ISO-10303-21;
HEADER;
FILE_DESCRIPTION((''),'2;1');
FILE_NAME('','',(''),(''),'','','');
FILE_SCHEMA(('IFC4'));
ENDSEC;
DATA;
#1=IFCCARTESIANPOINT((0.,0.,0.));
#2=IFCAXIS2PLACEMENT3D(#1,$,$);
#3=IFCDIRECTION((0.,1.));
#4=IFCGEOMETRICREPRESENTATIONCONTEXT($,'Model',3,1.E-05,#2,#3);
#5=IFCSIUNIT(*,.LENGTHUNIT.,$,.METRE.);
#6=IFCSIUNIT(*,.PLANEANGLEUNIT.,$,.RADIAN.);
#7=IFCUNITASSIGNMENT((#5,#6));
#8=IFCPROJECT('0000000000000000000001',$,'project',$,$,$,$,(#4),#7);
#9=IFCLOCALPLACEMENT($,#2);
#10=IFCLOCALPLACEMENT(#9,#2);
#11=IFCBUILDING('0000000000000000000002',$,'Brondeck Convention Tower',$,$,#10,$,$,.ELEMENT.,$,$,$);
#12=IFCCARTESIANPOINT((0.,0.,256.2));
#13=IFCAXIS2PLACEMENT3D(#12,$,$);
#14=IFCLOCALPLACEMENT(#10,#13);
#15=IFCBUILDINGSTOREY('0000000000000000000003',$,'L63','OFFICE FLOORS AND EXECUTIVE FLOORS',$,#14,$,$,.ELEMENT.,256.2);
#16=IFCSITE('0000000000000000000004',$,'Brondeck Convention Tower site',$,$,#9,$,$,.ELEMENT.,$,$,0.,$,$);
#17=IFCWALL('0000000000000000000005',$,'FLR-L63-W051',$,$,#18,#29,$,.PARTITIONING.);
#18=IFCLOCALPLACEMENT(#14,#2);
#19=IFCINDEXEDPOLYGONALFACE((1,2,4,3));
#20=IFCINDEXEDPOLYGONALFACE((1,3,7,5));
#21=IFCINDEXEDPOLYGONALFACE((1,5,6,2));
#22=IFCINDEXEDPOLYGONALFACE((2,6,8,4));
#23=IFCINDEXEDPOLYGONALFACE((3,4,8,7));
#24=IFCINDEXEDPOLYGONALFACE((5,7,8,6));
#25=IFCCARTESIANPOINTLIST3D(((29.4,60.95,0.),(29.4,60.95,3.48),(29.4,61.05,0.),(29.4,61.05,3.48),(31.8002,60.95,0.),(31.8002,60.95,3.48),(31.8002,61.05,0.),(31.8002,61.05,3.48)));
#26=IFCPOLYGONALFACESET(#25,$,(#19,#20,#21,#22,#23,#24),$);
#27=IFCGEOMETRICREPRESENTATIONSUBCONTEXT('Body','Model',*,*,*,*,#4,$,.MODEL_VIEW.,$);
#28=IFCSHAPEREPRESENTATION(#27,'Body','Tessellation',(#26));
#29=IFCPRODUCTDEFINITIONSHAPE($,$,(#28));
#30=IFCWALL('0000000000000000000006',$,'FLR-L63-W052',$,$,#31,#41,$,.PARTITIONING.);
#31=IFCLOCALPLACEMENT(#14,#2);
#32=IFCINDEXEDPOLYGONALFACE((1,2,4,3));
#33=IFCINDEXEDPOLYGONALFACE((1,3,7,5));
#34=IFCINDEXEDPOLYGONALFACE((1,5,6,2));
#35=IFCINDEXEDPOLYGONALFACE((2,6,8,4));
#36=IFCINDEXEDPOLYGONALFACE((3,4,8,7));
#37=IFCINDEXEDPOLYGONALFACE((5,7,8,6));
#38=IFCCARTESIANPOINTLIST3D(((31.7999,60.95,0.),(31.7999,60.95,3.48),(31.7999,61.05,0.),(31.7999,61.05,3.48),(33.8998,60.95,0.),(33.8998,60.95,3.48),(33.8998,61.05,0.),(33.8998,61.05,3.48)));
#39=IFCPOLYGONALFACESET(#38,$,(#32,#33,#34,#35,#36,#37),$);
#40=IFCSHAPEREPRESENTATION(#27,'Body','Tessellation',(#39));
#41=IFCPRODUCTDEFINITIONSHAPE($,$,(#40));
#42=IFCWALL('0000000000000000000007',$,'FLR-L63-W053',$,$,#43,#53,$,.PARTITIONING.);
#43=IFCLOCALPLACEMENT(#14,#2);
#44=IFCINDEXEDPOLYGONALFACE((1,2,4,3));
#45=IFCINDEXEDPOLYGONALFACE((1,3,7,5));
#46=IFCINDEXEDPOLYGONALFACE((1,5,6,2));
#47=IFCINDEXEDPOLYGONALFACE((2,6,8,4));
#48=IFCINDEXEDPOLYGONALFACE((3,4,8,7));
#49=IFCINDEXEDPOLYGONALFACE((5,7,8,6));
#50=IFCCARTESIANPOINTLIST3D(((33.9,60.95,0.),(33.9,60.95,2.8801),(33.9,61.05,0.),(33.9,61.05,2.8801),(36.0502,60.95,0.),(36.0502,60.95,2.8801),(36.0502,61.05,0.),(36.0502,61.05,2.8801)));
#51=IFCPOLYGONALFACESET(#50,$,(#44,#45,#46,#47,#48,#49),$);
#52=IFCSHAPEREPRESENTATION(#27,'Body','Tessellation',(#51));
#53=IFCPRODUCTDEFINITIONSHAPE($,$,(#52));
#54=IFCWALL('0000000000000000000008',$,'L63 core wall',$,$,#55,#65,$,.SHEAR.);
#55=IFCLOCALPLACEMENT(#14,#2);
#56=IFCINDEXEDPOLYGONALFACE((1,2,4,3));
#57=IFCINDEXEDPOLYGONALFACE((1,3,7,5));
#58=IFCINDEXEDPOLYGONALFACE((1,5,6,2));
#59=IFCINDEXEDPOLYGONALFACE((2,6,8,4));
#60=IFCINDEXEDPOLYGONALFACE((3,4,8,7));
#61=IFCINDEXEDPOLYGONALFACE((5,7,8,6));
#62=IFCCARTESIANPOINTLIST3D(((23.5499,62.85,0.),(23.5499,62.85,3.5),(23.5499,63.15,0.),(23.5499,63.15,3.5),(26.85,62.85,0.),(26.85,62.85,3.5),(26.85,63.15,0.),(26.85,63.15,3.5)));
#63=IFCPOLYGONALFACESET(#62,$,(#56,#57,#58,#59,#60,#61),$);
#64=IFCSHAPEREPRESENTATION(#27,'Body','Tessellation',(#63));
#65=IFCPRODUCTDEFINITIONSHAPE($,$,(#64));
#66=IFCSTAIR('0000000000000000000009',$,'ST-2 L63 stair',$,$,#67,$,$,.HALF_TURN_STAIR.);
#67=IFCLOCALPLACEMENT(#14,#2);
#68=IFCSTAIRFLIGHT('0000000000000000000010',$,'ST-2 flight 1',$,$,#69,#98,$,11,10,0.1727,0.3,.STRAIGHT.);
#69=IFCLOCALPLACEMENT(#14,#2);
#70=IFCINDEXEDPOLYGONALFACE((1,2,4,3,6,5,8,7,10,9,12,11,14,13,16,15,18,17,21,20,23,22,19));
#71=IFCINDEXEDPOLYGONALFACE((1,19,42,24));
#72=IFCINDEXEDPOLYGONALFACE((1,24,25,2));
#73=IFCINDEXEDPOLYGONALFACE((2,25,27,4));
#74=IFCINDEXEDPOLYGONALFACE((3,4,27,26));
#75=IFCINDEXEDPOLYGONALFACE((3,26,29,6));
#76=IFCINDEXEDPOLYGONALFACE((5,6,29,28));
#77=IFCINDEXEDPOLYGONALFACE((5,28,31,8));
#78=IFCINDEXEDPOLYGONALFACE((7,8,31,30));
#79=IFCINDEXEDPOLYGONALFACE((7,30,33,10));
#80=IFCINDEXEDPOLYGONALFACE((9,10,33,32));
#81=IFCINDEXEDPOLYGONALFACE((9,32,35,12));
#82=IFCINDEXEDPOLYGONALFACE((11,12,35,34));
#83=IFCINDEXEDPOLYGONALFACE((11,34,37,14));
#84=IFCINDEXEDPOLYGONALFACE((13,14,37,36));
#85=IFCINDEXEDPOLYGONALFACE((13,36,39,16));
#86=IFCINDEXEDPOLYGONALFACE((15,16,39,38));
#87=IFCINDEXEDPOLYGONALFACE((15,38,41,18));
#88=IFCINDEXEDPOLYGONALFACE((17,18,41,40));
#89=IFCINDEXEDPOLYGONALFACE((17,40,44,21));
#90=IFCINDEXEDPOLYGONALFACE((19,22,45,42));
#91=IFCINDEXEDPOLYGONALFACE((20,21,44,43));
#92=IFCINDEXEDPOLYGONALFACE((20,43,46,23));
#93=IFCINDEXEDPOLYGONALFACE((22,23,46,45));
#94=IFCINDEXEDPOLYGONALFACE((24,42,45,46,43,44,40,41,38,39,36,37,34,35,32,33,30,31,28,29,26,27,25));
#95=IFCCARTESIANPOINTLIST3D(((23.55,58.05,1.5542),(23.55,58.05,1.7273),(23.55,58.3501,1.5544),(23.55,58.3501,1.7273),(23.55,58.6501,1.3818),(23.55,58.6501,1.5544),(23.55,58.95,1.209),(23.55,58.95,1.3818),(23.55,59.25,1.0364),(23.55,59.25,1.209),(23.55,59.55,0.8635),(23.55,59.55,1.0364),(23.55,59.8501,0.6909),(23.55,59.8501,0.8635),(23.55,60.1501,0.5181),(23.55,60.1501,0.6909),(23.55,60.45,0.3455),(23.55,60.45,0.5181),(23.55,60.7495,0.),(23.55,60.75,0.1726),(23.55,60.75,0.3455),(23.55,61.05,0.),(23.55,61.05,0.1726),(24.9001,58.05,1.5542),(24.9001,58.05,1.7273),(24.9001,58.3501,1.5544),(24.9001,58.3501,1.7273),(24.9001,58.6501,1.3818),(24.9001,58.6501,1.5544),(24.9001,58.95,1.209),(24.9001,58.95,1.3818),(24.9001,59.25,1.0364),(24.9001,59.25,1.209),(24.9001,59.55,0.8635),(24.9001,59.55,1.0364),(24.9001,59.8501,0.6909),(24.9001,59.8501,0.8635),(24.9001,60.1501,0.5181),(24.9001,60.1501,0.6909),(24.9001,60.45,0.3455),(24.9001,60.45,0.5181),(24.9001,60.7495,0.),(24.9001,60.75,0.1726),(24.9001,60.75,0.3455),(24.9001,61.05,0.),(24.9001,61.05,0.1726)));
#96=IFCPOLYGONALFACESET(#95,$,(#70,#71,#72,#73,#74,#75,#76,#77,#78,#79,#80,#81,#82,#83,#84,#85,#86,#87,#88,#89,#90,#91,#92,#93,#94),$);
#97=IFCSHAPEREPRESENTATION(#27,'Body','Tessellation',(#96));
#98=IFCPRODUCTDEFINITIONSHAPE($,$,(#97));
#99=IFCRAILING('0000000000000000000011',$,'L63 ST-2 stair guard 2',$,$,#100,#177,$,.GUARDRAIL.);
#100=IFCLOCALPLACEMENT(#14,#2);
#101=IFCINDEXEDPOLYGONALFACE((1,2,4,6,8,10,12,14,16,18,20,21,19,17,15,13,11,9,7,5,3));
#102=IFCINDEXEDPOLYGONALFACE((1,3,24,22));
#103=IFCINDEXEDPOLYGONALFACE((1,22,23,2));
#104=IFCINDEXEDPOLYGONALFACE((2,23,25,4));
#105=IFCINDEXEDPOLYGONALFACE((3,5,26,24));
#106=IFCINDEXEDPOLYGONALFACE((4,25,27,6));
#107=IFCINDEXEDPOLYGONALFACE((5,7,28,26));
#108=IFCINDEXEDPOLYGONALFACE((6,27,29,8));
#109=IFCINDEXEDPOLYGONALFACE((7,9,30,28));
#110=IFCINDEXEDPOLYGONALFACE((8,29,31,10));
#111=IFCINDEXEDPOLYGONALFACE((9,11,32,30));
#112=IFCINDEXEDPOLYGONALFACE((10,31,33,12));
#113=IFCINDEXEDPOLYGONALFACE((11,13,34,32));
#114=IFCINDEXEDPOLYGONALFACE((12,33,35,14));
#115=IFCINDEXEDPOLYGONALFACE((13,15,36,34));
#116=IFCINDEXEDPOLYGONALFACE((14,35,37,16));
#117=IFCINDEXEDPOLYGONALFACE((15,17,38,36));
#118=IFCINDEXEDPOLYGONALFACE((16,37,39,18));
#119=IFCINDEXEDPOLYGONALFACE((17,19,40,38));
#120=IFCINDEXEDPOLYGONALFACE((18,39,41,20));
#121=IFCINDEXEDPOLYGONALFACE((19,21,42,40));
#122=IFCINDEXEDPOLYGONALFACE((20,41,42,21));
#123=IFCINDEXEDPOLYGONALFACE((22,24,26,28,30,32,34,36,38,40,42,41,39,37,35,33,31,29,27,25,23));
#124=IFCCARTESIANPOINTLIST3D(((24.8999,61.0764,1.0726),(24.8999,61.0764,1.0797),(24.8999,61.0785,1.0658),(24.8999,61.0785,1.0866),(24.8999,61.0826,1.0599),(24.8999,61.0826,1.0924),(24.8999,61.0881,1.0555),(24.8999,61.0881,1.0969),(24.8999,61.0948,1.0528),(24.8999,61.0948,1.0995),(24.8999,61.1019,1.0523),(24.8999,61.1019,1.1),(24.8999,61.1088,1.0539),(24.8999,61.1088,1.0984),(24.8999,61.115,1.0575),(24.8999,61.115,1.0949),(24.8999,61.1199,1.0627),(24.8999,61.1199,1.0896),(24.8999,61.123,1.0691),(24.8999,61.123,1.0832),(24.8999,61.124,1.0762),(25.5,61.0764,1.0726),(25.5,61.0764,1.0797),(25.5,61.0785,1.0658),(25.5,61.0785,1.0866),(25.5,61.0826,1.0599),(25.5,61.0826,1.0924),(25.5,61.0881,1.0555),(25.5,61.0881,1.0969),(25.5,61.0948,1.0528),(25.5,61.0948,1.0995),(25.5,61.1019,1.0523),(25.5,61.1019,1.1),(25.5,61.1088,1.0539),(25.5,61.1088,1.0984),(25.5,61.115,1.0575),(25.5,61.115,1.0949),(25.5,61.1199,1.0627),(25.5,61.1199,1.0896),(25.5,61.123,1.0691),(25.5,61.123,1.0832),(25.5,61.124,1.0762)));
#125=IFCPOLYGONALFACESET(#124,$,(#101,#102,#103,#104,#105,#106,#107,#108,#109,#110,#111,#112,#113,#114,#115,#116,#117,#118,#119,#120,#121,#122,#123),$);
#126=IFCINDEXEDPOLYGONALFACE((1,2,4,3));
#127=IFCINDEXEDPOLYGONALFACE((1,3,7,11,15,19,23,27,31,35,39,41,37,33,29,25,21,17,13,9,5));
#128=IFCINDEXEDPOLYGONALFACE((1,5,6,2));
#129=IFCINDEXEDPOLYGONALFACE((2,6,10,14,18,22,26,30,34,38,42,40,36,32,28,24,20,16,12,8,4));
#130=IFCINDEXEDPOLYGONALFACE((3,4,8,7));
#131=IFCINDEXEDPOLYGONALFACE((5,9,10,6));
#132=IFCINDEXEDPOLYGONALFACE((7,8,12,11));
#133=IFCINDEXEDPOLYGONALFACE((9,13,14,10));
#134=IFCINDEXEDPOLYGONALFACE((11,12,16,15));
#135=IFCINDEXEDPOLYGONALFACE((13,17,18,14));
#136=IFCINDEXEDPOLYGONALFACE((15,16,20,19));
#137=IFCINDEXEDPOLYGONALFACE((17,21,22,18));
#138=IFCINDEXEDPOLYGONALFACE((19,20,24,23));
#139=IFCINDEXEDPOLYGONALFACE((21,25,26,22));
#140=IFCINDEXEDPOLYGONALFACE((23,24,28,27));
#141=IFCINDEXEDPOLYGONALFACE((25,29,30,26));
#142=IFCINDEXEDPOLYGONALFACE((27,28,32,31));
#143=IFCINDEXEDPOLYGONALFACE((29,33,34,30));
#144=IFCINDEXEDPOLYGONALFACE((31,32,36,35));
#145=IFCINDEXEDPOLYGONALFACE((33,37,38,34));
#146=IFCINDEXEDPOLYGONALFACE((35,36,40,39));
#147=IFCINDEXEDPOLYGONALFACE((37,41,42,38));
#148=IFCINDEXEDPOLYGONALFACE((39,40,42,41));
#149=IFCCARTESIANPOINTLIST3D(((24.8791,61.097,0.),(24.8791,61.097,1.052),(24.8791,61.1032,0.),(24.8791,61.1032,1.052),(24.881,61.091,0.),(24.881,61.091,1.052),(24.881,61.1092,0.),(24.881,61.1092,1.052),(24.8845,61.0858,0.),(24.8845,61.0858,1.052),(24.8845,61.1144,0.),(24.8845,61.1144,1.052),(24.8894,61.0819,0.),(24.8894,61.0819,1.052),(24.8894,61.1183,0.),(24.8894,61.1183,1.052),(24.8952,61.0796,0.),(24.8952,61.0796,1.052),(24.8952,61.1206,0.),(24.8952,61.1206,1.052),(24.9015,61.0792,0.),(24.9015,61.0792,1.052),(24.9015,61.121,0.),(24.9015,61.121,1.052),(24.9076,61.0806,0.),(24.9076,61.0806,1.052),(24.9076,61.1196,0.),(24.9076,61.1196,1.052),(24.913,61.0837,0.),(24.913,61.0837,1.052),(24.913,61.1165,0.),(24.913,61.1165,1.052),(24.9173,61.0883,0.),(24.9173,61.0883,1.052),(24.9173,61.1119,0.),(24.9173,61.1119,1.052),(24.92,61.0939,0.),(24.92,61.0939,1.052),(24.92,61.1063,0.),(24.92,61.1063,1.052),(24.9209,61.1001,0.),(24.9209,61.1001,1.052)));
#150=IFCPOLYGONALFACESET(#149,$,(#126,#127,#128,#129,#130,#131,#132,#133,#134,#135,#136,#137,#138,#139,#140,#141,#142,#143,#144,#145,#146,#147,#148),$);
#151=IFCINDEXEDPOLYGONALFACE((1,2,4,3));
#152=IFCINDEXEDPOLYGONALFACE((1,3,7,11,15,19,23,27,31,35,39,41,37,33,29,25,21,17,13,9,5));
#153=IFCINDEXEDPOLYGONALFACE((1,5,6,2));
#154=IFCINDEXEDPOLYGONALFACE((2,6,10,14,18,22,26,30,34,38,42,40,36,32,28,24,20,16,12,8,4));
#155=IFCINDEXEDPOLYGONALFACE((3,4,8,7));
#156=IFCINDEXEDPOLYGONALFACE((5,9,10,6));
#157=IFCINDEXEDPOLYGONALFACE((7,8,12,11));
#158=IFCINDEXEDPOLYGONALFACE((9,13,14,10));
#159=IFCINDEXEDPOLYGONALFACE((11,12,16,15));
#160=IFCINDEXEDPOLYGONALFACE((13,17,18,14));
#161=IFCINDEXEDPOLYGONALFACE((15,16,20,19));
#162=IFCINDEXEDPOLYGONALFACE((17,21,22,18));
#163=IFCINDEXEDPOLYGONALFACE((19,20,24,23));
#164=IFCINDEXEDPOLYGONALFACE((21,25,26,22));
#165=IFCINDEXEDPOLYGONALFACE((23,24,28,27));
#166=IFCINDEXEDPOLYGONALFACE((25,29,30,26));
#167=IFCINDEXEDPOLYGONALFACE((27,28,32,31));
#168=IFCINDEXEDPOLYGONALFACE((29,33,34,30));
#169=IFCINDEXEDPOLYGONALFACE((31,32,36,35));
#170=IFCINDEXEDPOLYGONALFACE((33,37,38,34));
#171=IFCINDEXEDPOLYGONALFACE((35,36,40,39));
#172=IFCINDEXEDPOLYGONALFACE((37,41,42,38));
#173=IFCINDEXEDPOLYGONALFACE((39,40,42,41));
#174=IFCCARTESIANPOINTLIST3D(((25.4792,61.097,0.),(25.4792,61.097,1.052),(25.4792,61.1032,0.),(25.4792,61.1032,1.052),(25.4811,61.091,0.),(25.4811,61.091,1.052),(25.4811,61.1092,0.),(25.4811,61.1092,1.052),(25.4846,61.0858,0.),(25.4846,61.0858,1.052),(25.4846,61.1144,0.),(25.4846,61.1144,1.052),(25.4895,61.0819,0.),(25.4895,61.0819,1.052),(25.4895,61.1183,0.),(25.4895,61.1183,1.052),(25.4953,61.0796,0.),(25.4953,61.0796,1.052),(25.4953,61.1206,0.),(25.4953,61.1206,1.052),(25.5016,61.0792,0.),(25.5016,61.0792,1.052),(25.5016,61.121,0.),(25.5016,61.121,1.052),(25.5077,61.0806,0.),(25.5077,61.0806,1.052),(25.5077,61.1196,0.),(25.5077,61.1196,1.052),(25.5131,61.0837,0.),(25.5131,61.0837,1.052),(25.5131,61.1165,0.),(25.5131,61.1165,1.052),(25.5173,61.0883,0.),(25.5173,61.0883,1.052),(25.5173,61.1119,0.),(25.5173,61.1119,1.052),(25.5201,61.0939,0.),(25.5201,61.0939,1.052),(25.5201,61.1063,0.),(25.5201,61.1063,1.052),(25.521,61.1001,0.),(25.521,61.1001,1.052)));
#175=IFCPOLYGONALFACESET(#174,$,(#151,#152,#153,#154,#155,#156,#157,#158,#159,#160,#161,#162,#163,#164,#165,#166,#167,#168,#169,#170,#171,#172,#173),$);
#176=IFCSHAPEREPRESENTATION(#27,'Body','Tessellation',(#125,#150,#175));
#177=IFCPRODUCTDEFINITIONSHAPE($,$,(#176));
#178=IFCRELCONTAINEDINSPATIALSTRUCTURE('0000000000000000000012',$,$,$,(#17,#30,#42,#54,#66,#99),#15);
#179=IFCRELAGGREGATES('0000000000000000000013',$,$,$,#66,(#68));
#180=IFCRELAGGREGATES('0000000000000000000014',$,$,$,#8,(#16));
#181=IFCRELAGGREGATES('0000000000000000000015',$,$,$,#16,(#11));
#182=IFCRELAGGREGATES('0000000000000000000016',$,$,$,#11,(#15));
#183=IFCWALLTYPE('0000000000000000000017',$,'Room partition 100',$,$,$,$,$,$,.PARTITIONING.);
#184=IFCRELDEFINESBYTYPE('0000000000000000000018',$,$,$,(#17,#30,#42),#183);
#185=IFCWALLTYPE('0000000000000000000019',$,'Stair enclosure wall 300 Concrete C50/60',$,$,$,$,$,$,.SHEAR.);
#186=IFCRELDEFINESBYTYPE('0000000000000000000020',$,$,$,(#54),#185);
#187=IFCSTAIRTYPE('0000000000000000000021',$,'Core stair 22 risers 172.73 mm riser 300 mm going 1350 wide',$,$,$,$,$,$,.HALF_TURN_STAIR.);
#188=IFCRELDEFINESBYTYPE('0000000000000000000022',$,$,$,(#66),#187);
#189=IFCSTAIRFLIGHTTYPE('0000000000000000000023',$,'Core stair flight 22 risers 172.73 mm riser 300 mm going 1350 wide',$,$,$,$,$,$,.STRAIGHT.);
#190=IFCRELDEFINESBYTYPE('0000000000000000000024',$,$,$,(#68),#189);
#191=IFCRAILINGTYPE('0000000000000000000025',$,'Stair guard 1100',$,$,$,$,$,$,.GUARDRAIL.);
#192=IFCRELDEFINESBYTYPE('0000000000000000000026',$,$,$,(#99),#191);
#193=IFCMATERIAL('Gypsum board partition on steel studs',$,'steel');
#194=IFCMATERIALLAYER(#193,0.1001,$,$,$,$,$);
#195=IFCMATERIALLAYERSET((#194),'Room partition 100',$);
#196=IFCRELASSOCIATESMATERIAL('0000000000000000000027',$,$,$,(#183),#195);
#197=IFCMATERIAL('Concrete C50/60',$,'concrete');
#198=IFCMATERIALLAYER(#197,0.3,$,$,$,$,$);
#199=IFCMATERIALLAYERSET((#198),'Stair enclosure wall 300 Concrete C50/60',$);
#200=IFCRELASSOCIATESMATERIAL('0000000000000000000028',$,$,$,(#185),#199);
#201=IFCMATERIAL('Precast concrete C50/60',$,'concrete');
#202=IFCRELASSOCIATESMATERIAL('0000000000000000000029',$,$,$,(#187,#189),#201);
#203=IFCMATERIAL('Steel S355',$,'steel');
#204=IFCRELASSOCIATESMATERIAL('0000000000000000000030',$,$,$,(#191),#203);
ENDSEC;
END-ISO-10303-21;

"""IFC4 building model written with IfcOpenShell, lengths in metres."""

from ifc_helpers import new_model, si_unit, direction, frame, frame_2d, origin, origin_2d, place, context, subcontext, project, spatial, polyline, rectangle, circle, outline, extrude, material, layer, layer_set, type_object, element, aggregate, save


model = new_model("IFC4")

# Units and contexts
model_context = context("Model", 3, precision=1e-05, world=origin(), true_north=direction((0.0, 1.0)))
body_context = subcontext(model_context, "Body", "Model", "MODEL_VIEW")
ifc_project = project(units=[si_unit("LENGTHUNIT", "METRE"), si_unit("PLANEANGLEUNIT", "RADIAN")], contexts=[model_context])

# Site, building, storey
site_placement = place(None, origin())
site = spatial("IfcSite", under=ifc_project, at=site_placement, Name="Brondeck Convention Tower site", CompositionType="ELEMENT", RefElevation=0.0)
building_placement = place(site_placement, origin())
building = spatial("IfcBuilding", under=site, at=building_placement, Name="Brondeck Convention Tower", CompositionType="ELEMENT")
storey_placement = place(building_placement, frame((0.0, 0.0, 256.2)))
storey = spatial("IfcBuildingStorey", under=building, at=storey_placement, Name="L63", Description="OFFICE FLOORS AND EXECUTIVE FLOORS", CompositionType="ELEMENT", Elevation=256.2)

# Shared definitions
ifc_material_1 = material(Name="Concrete C50/60", Category="concrete")

# Walls
ifc_material_2 = material(Name="Gypsum board partition on steel studs", Category="steel")
ifc_layer_1 = layer(ifc_material_2, 0.1001)
ifc_layer_set_1 = layer_set([ifc_layer_1], Name="Room partition 100")
wall_type_1 = type_object("IfcWallType", Name="Room partition 100", PredefinedType="PARTITIONING", material=ifc_layer_set_1)
wall_1_placement = place(storey_placement, frame((29.3999, 61.0, 0.0), z_axis=(0.0, 0.0, 1.0), x_axis=(1.0, 0.0, 0.0)))
element("IfcWall", 1, at=wall_1_placement, inside=storey, type_object=wall_type_1, Name="FLR-L63-W051", PredefinedType="PARTITIONING", context=body_context, shape_type="SweptSolid", body=[
    extrude(rectangle(XDim=2.4001, YDim=0.1001, at=frame_2d((1.2002, 0.0))), origin(), (0.0, 0.0, 1.0), 3.48),
])
wall_2_placement = place(storey_placement, frame((31.8, 61.0, 0.0), z_axis=(0.0, 0.0, 1.0), x_axis=(1.0, 0.0, 0.0)))
element("IfcWall", 2, at=wall_2_placement, inside=storey, type_object=wall_type_1, Name="FLR-L63-W052", PredefinedType="PARTITIONING", context=body_context, shape_type="SweptSolid", body=[
    extrude(rectangle(XDim=2.0999, YDim=0.1001, at=frame_2d((1.0498, 0.0))), origin(), (0.0, 0.0, 1.0), 3.48),
])
wall_3_placement = place(storey_placement, frame((33.8999, 61.0, 0.0), z_axis=(0.0, 0.0, 1.0), x_axis=(1.0, 0.0, 0.0)))
element("IfcWall", 3, at=wall_3_placement, inside=storey, type_object=wall_type_1, Name="FLR-L63-W053", PredefinedType="PARTITIONING", context=body_context, shape_type="SweptSolid", body=[
    extrude(rectangle(XDim=2.1501, YDim=0.1001, at=frame_2d((1.0752, 0.0))), origin(), (0.0, 0.0, 1.0), 2.8801),
])
ifc_layer_2 = layer(ifc_material_1, 0.3)
ifc_layer_set_2 = layer_set([ifc_layer_2], Name="Stair enclosure wall 300 Concrete C50/60")
wall_type_2 = type_object("IfcWallType", Name="Stair enclosure wall 300 Concrete C50/60", PredefinedType="SHEAR", material=ifc_layer_set_2)
wall_4_placement = place(storey_placement, frame((23.55, 63.0, 0.0), z_axis=(0.0, 0.0, 1.0), x_axis=(1.0, 0.0, 0.0)))
element("IfcWall", 4, at=wall_4_placement, inside=storey, type_object=wall_type_2, Name="L63 core wall", PredefinedType="SHEAR", context=body_context, shape_type="SweptSolid", body=[
    extrude(rectangle(XDim=3.3, YDim=0.3, at=frame_2d((1.6499, 0.0))), origin(), (0.0, 0.0, 1.0), 3.5),
])

# Stair, stair flight
ifc_material_3 = material(Name="Precast concrete C50/60", Category="concrete")
stair_type = type_object("IfcStairType", Name="Core stair 22 risers 172.73 mm riser 300 mm going 1350 wide", PredefinedType="HALF_TURN_STAIR", material=ifc_material_3)
stair_placement = place(storey_placement, origin())
stair = element("IfcStair", 5, at=stair_placement, inside=storey, type_object=stair_type, Name="ST-2 L63 stair", PredefinedType="HALF_TURN_STAIR")
stair_flight_type = type_object("IfcStairFlightType", Name="Core stair flight 22 risers 172.73 mm riser 300 mm going 1350 wide", PredefinedType="STRAIGHT", material=ifc_material_3)
stair_flight_placement = place(storey_placement, frame((24.2251, 61.05, 0.0), z_axis=(0.0, 0.0, 1.0), x_axis=(0.0, -1.0, 0.0)))
stair_flight = element("IfcStairFlight", 6, at=stair_flight_placement, type_object=stair_flight_type, Name="ST-2 flight 1", NumberOfRisers=11, NumberOfTreads=10, PredefinedType="STRAIGHT", RiserHeight=0.1727, TreadLength=0.3, context=body_context, shape_type="SweptSolid", body=[
    extrude(outline(polyline([(0.0, 0.0), (0.0, 0.1726), (0.3, 0.1726), (0.3, 0.3455), (0.6001, 0.3455), (0.6001, 0.5181), (0.8999, 0.5181), (0.8999, 0.6909), (1.2, 0.6909), (1.2, 0.8635), (1.5, 0.8635), (1.5, 1.0364), (1.8, 1.0364), (1.8, 1.209), (2.1001, 1.209), (2.1001, 1.3818), (2.3999, 1.3818), (2.3999, 1.5544), (2.7, 1.5544), (2.7, 1.7273), (3.0, 1.7273), (3.0, 1.8999), (3.0, 1.5542), (0.3005, 0.0), (0.0, 0.0)])), frame((0.0, 0.675, 0.0), z_axis=(0.0, -1.0, 0.0), x_axis=(1.0, 0.0, 0.0)), (0.0, 0.0, 1.0), 1.3501),
])
aggregate(stair, [stair_flight])

# Railing
ifc_material_4 = material(Name="Steel S355", Category="steel")
railing_type_1 = type_object("IfcRailingType", Name="Stair guard 1100", PredefinedType="GUARDRAIL", material=ifc_material_4)
railing_1_placement = place(storey_placement, frame((24.8999, 61.1001, 0.0)))
element("IfcRailing", 7, at=railing_1_placement, inside=storey, type_object=railing_type_1, Name="L63 ST-2 stair guard 2", PredefinedType="GUARDRAIL", context=body_context, shape_type="SweptSolid", body=[
    extrude(circle(Radius=0.0239, at=origin_2d()), frame((0.0, 0.0, 1.0762), z_axis=(1.0, 0.0, 0.0), x_axis=(0.0, 1.0, 0.0)), (0.0, 0.0, 1.0), 0.6001),
    extrude(circle(Radius=0.021, at=origin_2d()), origin(), (0.0, 0.0, 1.0), 1.052),
    extrude(circle(Radius=0.021, at=origin_2d()), frame((0.6001, 0.0, 0.0)), (0.0, 0.0, 1.0), 1.052),
])

save(model, "model.ifc")
